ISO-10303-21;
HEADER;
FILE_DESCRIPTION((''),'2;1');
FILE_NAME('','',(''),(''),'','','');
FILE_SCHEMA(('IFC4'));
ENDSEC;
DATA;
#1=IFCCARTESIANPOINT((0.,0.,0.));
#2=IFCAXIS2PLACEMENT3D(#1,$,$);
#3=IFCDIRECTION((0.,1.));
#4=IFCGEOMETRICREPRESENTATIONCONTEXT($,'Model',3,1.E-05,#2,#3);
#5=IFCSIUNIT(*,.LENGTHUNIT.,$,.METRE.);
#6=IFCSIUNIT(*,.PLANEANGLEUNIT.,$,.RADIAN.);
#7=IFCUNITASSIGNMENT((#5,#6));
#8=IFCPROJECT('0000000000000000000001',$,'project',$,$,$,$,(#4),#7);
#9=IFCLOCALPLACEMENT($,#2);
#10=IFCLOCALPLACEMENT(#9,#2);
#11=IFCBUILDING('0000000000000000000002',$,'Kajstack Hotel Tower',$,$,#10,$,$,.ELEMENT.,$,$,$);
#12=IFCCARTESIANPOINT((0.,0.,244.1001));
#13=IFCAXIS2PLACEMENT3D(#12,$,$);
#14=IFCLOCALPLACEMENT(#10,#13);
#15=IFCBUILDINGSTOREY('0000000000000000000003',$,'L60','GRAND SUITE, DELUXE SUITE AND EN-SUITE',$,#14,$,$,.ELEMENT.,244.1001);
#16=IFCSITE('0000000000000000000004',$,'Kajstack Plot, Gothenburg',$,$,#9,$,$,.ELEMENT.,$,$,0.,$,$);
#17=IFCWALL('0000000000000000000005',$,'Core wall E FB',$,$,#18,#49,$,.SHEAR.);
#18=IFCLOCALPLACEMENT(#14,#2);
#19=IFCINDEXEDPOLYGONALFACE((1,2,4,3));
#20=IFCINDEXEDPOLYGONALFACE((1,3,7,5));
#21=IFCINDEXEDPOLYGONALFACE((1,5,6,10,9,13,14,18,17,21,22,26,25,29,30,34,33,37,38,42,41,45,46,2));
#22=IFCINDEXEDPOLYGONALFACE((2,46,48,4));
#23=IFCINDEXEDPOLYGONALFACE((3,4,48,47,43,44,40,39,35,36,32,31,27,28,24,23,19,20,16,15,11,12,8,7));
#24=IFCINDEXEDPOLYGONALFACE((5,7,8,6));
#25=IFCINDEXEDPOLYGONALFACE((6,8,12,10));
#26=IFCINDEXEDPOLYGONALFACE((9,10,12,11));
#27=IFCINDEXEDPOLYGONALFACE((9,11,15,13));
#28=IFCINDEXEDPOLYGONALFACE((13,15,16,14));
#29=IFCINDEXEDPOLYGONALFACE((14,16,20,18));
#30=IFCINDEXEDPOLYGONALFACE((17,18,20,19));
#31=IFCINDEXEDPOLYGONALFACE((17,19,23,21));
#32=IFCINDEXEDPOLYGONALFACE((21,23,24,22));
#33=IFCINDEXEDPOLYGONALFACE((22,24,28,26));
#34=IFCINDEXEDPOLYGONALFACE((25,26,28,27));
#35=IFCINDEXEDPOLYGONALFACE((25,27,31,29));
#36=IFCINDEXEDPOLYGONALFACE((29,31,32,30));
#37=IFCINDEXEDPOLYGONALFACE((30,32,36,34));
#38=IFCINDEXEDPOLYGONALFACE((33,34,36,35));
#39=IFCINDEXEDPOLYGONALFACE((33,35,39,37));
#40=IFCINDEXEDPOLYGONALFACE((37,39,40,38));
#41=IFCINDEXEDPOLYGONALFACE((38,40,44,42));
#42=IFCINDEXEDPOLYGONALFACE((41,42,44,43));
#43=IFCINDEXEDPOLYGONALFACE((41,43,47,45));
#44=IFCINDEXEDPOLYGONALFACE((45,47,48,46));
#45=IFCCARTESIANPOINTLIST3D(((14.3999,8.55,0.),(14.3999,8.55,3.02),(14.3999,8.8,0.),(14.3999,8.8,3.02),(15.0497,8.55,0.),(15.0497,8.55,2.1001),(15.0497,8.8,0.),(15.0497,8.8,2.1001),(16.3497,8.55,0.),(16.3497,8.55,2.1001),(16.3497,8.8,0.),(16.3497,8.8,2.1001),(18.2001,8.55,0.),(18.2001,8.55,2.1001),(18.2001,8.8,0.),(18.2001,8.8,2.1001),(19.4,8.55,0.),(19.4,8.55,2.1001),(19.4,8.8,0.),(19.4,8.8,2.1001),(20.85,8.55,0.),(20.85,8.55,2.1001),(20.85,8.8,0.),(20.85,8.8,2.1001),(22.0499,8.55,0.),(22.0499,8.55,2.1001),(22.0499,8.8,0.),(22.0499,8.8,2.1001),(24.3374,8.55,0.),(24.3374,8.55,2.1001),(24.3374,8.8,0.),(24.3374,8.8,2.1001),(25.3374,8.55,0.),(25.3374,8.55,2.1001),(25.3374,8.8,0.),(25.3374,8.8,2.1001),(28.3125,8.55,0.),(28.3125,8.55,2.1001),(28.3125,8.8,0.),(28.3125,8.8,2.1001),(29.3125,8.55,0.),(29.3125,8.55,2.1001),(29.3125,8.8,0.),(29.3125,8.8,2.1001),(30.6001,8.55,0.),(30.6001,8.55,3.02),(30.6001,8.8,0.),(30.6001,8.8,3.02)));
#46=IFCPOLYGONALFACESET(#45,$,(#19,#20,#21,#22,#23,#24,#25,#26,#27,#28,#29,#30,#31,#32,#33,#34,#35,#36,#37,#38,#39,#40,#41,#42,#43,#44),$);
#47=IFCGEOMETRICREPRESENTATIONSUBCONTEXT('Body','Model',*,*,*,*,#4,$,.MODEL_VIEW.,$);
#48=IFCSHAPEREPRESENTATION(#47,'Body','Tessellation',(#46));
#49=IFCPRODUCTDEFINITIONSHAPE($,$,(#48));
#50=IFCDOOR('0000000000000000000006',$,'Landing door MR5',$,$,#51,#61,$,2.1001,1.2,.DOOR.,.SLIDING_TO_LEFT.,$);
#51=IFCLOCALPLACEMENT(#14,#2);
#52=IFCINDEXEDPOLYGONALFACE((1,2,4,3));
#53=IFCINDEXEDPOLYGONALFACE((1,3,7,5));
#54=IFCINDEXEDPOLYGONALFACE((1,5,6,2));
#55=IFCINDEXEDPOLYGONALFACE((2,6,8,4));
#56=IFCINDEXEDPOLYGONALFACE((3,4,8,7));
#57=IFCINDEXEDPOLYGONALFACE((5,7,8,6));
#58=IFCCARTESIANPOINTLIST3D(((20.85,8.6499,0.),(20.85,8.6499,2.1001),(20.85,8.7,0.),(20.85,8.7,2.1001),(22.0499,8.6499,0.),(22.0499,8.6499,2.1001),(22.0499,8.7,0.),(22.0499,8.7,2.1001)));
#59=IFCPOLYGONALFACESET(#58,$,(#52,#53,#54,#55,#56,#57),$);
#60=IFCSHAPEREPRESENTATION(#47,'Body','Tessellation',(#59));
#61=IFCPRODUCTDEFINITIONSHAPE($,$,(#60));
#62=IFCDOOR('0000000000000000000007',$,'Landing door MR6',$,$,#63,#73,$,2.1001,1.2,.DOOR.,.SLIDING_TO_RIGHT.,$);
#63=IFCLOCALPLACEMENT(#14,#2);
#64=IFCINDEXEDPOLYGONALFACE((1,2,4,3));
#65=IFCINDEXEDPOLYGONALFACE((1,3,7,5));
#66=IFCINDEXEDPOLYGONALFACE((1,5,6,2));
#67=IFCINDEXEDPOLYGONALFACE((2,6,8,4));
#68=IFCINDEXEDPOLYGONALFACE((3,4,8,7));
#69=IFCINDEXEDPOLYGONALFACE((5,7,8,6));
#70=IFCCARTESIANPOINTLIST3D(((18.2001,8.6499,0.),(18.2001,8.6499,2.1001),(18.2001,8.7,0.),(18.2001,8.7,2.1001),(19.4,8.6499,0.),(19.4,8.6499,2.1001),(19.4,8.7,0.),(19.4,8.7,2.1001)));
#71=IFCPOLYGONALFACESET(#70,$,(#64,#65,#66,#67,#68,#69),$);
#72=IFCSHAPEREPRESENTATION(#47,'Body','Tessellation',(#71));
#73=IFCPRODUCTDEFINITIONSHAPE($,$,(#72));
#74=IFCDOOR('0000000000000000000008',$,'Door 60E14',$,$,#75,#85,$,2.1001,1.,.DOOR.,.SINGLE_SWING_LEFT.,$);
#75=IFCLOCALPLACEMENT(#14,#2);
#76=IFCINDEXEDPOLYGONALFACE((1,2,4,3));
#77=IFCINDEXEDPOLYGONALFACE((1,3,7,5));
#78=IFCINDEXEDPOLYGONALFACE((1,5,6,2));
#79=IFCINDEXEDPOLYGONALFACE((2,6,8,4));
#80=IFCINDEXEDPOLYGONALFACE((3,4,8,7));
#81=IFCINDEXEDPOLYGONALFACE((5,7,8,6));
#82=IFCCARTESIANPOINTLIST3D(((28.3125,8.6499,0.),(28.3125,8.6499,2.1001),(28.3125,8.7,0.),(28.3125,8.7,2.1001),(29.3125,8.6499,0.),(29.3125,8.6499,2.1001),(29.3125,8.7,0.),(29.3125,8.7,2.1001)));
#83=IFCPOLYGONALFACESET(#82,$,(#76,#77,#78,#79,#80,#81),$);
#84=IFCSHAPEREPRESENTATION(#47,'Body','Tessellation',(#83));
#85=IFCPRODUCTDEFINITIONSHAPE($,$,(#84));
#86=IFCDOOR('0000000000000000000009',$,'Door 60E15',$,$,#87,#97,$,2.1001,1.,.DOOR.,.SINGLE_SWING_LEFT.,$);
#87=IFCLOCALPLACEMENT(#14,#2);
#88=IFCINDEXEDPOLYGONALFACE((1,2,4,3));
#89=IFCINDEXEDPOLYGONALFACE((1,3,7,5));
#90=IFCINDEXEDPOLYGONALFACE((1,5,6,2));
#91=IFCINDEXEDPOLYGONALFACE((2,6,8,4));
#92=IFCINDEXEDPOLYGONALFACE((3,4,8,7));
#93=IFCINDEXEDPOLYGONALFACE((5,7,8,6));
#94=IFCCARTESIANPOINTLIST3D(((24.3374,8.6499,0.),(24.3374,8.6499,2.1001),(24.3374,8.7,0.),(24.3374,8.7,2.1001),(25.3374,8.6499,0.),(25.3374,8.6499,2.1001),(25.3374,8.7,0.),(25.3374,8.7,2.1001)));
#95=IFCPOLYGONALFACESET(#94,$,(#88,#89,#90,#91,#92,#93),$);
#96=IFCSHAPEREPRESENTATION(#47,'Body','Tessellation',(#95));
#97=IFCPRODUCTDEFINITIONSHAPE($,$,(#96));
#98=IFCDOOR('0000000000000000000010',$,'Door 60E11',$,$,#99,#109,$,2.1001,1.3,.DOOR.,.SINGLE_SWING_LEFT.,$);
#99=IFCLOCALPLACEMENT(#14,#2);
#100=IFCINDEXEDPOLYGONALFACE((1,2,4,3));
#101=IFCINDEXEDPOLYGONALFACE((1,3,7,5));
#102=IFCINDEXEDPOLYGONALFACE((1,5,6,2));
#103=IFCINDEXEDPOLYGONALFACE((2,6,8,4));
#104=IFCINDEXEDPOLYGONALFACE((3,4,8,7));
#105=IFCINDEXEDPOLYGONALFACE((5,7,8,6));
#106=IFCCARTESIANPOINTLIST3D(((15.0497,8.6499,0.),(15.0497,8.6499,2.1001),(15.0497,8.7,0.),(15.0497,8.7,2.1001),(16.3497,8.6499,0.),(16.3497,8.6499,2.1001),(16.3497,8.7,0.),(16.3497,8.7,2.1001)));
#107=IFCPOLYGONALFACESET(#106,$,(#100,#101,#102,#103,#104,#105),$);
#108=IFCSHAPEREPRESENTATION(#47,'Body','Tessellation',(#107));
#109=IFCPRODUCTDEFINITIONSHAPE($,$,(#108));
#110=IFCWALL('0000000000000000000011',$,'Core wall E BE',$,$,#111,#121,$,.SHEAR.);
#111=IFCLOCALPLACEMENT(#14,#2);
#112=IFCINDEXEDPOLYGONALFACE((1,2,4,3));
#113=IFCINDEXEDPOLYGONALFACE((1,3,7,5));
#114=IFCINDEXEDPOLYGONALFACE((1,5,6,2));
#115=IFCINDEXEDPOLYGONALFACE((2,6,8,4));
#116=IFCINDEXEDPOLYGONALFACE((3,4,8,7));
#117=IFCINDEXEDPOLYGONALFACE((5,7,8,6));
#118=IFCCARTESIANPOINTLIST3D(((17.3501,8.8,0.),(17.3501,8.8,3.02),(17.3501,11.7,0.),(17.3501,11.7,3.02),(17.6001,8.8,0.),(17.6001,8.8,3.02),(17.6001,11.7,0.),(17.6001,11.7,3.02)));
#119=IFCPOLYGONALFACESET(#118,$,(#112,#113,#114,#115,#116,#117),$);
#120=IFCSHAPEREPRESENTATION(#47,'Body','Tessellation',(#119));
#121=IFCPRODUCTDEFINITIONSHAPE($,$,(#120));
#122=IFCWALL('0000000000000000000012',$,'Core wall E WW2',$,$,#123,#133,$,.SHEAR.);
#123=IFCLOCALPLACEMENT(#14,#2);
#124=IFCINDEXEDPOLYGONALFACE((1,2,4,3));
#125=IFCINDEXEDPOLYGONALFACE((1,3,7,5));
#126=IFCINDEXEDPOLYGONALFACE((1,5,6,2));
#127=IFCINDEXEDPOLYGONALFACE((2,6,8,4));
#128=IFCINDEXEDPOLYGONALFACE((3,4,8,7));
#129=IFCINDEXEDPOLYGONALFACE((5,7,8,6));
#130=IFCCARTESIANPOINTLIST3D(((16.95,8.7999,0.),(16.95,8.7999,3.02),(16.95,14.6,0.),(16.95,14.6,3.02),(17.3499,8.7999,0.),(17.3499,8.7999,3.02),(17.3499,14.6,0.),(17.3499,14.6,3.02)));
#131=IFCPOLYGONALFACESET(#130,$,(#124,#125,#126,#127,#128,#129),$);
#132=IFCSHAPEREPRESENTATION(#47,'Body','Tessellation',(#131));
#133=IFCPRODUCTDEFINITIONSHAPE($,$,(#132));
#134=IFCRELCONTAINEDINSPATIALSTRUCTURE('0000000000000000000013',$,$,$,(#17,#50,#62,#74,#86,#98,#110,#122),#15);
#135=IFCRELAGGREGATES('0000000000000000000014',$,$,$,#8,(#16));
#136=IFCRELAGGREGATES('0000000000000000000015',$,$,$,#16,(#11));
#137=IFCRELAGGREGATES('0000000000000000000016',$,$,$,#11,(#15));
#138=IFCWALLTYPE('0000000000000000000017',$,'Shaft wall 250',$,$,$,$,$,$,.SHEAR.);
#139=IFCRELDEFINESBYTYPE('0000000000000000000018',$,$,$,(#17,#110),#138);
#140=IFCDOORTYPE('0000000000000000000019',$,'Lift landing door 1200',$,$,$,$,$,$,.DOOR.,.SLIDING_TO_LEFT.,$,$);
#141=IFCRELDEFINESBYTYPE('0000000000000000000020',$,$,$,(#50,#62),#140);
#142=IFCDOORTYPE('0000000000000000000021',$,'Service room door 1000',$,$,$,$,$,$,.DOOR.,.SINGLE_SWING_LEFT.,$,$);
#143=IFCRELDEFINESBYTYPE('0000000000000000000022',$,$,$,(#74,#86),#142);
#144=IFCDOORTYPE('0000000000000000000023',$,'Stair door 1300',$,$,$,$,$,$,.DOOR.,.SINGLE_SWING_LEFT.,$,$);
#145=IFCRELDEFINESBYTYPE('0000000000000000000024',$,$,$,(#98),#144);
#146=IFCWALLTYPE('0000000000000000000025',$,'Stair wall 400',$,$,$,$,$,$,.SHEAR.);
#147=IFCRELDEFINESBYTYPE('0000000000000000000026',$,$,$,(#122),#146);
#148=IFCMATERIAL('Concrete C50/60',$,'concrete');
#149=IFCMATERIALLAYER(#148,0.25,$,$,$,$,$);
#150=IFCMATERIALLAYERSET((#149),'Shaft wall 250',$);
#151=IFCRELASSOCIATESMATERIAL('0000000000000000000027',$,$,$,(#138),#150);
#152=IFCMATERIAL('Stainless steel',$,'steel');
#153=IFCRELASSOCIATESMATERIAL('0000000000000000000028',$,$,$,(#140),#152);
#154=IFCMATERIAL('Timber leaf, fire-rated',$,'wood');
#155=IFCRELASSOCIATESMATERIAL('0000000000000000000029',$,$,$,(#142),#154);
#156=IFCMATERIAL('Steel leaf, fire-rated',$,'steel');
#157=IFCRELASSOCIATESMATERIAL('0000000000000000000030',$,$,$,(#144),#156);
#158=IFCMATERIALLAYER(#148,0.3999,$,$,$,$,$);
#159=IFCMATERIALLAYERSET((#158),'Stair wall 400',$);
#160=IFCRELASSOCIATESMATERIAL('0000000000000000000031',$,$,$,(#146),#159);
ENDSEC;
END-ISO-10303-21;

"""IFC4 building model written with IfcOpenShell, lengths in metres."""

from ifc_helpers import new_model, si_unit, direction, frame, frame_2d, origin, place, context, subcontext, project, spatial, rectangle, extrude, material, layer, layer_set, type_object, element, fill, save


model = new_model("IFC4")

# Units and contexts
model_context = context("Model", 3, precision=1e-05, world=origin(), true_north=direction((0.0, 1.0)))
body_context = subcontext(model_context, "Body", "Model", "MODEL_VIEW")
ifc_project = project(units=[si_unit("LENGTHUNIT", "METRE"), si_unit("PLANEANGLEUNIT", "RADIAN")], contexts=[model_context])

# Site, building, storey
site_placement = place(None, origin())
site = spatial("IfcSite", under=ifc_project, at=site_placement, Name="Kajstack Plot, Gothenburg", CompositionType="ELEMENT", RefElevation=0.0)
building_placement = place(site_placement, origin())
building = spatial("IfcBuilding", under=site, at=building_placement, Name="Kajstack Hotel Tower", CompositionType="ELEMENT")
storey_placement = place(building_placement, frame((0.0, 0.0, 244.1001)))
storey = spatial("IfcBuildingStorey", under=building, at=storey_placement, Name="L60", Description="GRAND SUITE, DELUXE SUITE AND EN-SUITE", CompositionType="ELEMENT", Elevation=244.1001)

# Shared definitions
ifc_material_1 = material(Name="Concrete C50/60", Category="concrete")
ifc_layer_1 = layer(ifc_material_1, 0.25)
ifc_layer_set_1 = layer_set([ifc_layer_1], Name="Shaft wall 250")
wall_type_1 = type_object("IfcWallType", Name="Shaft wall 250", PredefinedType="SHEAR", material=ifc_layer_set_1)
ifc_material_2 = material(Name="Stainless steel", Category="steel")
door_type_1 = type_object("IfcDoorType", Name="Lift landing door 1200", OperationType="SLIDING_TO_LEFT", PredefinedType="DOOR", material=ifc_material_2)

# Wall, openings, doors
wall_1_placement = place(storey_placement, frame((14.3999, 8.675, 0.0), z_axis=(0.0, 0.0, 1.0), x_axis=(1.0, 0.0, 0.0)))
wall_1 = element("IfcWall", 1, at=wall_1_placement, inside=storey, type_object=wall_type_1, Name="Core wall E FB", PredefinedType="SHEAR", context=body_context, shape_type="SweptSolid", body=[
    extrude(rectangle(XDim=16.2002, YDim=0.25, at=frame_2d((8.1001, 0.0))), origin(), (0.0, 0.0, 1.0), 3.02),
])
opening_1_placement = place(wall_1_placement, frame((6.45, 0.0, 0.0)))
opening_1 = element("IfcOpeningElement", 2, at=opening_1_placement, cuts=wall_1, PredefinedType="OPENING", context=body_context, shape_type="SweptSolid", body=[
    extrude(rectangle(XDim=1.2, YDim=2.1001, at=frame_2d((0.6001, 1.05))), frame((0.0, 0.135, 0.0), z_axis=(0.0, -1.0, 0.0), x_axis=(1.0, 0.0, 0.0)), (0.0, 0.0, 1.0), 0.27),
])
opening_2_placement = place(wall_1_placement, frame((3.8, 0.0, 0.0)))
opening_2 = element("IfcOpeningElement", 3, at=opening_2_placement, cuts=wall_1, PredefinedType="OPENING", context=body_context, shape_type="SweptSolid", body=[
    extrude(rectangle(XDim=1.2, YDim=2.1001, at=frame_2d((0.6001, 1.05))), frame((0.0, 0.135, 0.0), z_axis=(0.0, -1.0, 0.0), x_axis=(1.0, 0.0, 0.0)), (0.0, 0.0, 1.0), 0.27),
])
opening_3_placement = place(wall_1_placement, frame((0.6499, 0.0, 0.0)))
opening_3 = element("IfcOpeningElement", 4, at=opening_3_placement, cuts=wall_1, PredefinedType="OPENING", context=body_context, shape_type="SweptSolid", body=[
    extrude(rectangle(XDim=1.3, YDim=2.1001, at=frame_2d((0.6499, 1.05))), frame((0.0, 0.135, 0.0), z_axis=(0.0, -1.0, 0.0), x_axis=(1.0, 0.0, 0.0)), (0.0, 0.0, 1.0), 0.27),
])
opening_4_placement = place(wall_1_placement, frame((13.9126, 0.0, 0.0)))
opening_4 = element("IfcOpeningElement", 5, at=opening_4_placement, cuts=wall_1, PredefinedType="OPENING", context=body_context, shape_type="SweptSolid", body=[
    extrude(rectangle(XDim=1.0, YDim=2.1001, at=frame_2d((0.5, 1.05))), frame((0.0, 0.135, 0.0), z_axis=(0.0, -1.0, 0.0), x_axis=(1.0, 0.0, 0.0)), (0.0, 0.0, 1.0), 0.27),
])
opening_5_placement = place(wall_1_placement, frame((9.9375, 0.0, 0.0)))
opening_5 = element("IfcOpeningElement", 6, at=opening_5_placement, cuts=wall_1, PredefinedType="OPENING", context=body_context, shape_type="SweptSolid", body=[
    extrude(rectangle(XDim=1.0, YDim=2.1001, at=frame_2d((0.5, 1.05))), frame((0.0, 0.135, 0.0), z_axis=(0.0, -1.0, 0.0), x_axis=(1.0, 0.0, 0.0)), (0.0, 0.0, 1.0), 0.27),
])
door_1_placement = place(opening_1_placement, origin())
door_1 = element("IfcDoor", 7, at=door_1_placement, inside=storey, type_object=door_type_1, Name="Landing door MR5", OperationType="SLIDING_TO_LEFT", OverallHeight=2.1001, OverallWidth=1.2, PredefinedType="DOOR", context=body_context, shape_type="SweptSolid", body=[
    extrude(rectangle(XDim=1.2, YDim=2.1001, at=frame_2d((0.6001, 1.05))), frame((0.0, 0.0249, 0.0), z_axis=(0.0, -1.0, 0.0), x_axis=(1.0, 0.0, 0.0)), (0.0, 0.0, 1.0), 0.05),
])
fill(opening_1, door_1)
door_2_placement = place(opening_2_placement, origin())
door_2 = element("IfcDoor", 8, at=door_2_placement, inside=storey, type_object=door_type_1, Name="Landing door MR6", OperationType="SLIDING_TO_RIGHT", OverallHeight=2.1001, OverallWidth=1.2, PredefinedType="DOOR", context=body_context, shape_type="SweptSolid", body=[
    extrude(rectangle(XDim=1.2, YDim=2.1001, at=frame_2d((0.6001, 1.05))), frame((0.0, 0.0249, 0.0), z_axis=(0.0, -1.0, 0.0), x_axis=(1.0, 0.0, 0.0)), (0.0, 0.0, 1.0), 0.05),
])
fill(opening_2, door_2)
ifc_material_3 = material(Name="Timber leaf, fire-rated", Category="wood")
door_type_2 = type_object("IfcDoorType", Name="Service room door 1000", OperationType="SINGLE_SWING_LEFT", PredefinedType="DOOR", material=ifc_material_3)
door_3_placement = place(opening_4_placement, origin())
door_3 = element("IfcDoor", 9, at=door_3_placement, inside=storey, type_object=door_type_2, Name="Door 60E14", OperationType="SINGLE_SWING_LEFT", OverallHeight=2.1001, OverallWidth=1.0, PredefinedType="DOOR", context=body_context, shape_type="SweptSolid", body=[
    extrude(rectangle(XDim=1.0, YDim=2.1001, at=frame_2d((0.5, 1.05))), frame((0.0, 0.0249, 0.0), z_axis=(0.0, -1.0, 0.0), x_axis=(1.0, 0.0, 0.0)), (0.0, 0.0, 1.0), 0.05),
])
fill(opening_4, door_3)
door_4_placement = place(opening_5_placement, origin())
door_4 = element("IfcDoor", 10, at=door_4_placement, inside=storey, type_object=door_type_2, Name="Door 60E15", OperationType="SINGLE_SWING_LEFT", OverallHeight=2.1001, OverallWidth=1.0, PredefinedType="DOOR", context=body_context, shape_type="SweptSolid", body=[
    extrude(rectangle(XDim=1.0, YDim=2.1001, at=frame_2d((0.5, 1.05))), frame((0.0, 0.0249, 0.0), z_axis=(0.0, -1.0, 0.0), x_axis=(1.0, 0.0, 0.0)), (0.0, 0.0, 1.0), 0.05),
])
fill(opening_5, door_4)
ifc_material_4 = material(Name="Steel leaf, fire-rated", Category="steel")
door_type_3 = type_object("IfcDoorType", Name="Stair door 1300", OperationType="SINGLE_SWING_LEFT", PredefinedType="DOOR", material=ifc_material_4)
door_5_placement = place(opening_3_placement, origin())
door_5 = element("IfcDoor", 11, at=door_5_placement, inside=storey, type_object=door_type_3, Name="Door 60E11", OperationType="SINGLE_SWING_LEFT", OverallHeight=2.1001, OverallWidth=1.3, PredefinedType="DOOR", context=body_context, shape_type="SweptSolid", body=[
    extrude(rectangle(XDim=1.3, YDim=2.1001, at=frame_2d((0.6499, 1.05))), frame((0.0, 0.0249, 0.0), z_axis=(0.0, -1.0, 0.0), x_axis=(1.0, 0.0, 0.0)), (0.0, 0.0, 1.0), 0.05),
])
fill(opening_3, door_5)

# Walls
wall_2_placement = place(storey_placement, frame((17.4751, 8.8, 0.0), z_axis=(0.0, 0.0, 1.0), x_axis=(0.0, 1.0, 0.0)))
element("IfcWall", 12, at=wall_2_placement, inside=storey, type_object=wall_type_1, Name="Core wall E BE", PredefinedType="SHEAR", context=body_context, shape_type="SweptSolid", body=[
    extrude(rectangle(XDim=2.8999, YDim=0.25, at=frame_2d((1.45, 0.0))), origin(), (0.0, 0.0, 1.0), 3.02),
])
ifc_layer_2 = layer(ifc_material_1, 0.3999)
ifc_layer_set_2 = layer_set([ifc_layer_2], Name="Stair wall 400")
wall_type_2 = type_object("IfcWallType", Name="Stair wall 400", PredefinedType="SHEAR", material=ifc_layer_set_2)
wall_3_placement = place(storey_placement, frame((17.1499, 8.8, 0.0), z_axis=(0.0, 0.0, 1.0), x_axis=(0.0, 1.0, 0.0)))
element("IfcWall", 13, at=wall_3_placement, inside=storey, type_object=wall_type_2, Name="Core wall E WW2", PredefinedType="SHEAR", context=body_context, shape_type="SweptSolid", body=[
    extrude(rectangle(XDim=5.8, YDim=0.3999, at=frame_2d((2.8999, 0.0))), origin(), (0.0, 0.0, 1.0), 3.02),
])

save(model, "model.ifc")
